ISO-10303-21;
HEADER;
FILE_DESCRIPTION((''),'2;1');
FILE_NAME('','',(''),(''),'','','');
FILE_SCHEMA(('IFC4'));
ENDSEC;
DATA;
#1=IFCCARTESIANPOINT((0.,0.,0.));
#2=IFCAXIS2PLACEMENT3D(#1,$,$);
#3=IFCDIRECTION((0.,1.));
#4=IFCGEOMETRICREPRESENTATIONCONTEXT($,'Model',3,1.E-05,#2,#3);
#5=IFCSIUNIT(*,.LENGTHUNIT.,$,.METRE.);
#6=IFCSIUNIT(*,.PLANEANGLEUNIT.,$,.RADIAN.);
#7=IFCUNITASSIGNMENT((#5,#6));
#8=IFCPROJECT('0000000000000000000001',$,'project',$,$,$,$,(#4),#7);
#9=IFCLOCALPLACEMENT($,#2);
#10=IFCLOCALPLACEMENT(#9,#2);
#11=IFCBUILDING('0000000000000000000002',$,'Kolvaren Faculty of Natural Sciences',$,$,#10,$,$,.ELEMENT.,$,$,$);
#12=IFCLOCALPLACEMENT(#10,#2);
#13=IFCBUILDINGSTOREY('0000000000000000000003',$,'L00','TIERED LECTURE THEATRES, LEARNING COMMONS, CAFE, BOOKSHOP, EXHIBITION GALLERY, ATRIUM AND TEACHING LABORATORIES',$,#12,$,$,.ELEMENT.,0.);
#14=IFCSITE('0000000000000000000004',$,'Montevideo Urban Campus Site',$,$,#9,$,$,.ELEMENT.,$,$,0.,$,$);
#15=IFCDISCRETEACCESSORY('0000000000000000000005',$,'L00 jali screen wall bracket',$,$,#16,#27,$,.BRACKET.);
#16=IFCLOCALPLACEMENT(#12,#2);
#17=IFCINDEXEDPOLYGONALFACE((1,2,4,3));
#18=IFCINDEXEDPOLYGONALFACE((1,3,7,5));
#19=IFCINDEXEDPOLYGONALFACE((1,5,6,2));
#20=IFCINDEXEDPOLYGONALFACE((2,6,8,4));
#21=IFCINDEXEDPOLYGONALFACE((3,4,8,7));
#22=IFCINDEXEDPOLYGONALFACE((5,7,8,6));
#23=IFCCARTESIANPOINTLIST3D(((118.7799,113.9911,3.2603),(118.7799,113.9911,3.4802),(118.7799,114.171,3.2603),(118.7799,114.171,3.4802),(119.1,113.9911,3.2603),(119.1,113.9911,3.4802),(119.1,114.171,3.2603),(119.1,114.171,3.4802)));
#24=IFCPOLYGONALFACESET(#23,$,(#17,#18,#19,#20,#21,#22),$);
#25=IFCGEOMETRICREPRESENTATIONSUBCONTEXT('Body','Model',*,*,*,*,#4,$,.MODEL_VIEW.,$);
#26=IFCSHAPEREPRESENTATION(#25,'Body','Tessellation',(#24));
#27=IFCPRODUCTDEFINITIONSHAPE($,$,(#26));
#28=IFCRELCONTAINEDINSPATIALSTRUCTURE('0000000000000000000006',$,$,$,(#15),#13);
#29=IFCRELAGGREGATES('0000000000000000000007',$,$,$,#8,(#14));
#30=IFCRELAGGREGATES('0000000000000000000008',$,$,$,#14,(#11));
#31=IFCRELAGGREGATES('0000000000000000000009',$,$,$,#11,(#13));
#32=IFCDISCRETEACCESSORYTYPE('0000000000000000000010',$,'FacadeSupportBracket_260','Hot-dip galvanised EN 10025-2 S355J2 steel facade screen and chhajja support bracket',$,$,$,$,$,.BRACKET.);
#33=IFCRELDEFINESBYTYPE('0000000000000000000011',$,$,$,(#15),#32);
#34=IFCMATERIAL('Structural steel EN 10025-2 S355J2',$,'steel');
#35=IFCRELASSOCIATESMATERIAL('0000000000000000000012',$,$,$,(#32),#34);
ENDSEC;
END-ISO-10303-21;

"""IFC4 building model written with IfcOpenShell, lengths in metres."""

from ifc_helpers import new_model, si_unit, direction, frame, origin, origin_2d, place, context, subcontext, project, spatial, rectangle, extrude, material, type_object, element, save


model = new_model("IFC4")

# Units and contexts
model_context = context("Model", 3, precision=1e-05, world=origin(), true_north=direction((0.0, 1.0)))
body_context = subcontext(model_context, "Body", "Model", "MODEL_VIEW")
ifc_project = project(units=[si_unit("LENGTHUNIT", "METRE"), si_unit("PLANEANGLEUNIT", "RADIAN")], contexts=[model_context])

# Site, building, storey
site_placement = place(None, origin())
site = spatial("IfcSite", under=ifc_project, at=site_placement, Name="Montevideo Urban Campus Site", CompositionType="ELEMENT", RefElevation=0.0)
building_placement = place(site_placement, origin())
building = spatial("IfcBuilding", under=site, at=building_placement, Name="Kolvaren Faculty of Natural Sciences", CompositionType="ELEMENT")
storey_placement = place(building_placement, origin())
storey = spatial("IfcBuildingStorey", under=building, at=storey_placement, Name="L00", Description="TIERED LECTURE THEATRES, LEARNING COMMONS, CAFE, BOOKSHOP, EXHIBITION GALLERY, ATRIUM AND TEACHING LABORATORIES", CompositionType="ELEMENT", Elevation=0.0)

# Discrete accessory
ifc_material_1 = material(Name="Structural steel EN 10025-2 S355J2", Category="steel")
discrete_accessory_type = type_object("IfcDiscreteAccessoryType", Name="FacadeSupportBracket_260", Description="Hot-dip galvanised EN 10025-2 S355J2 steel facade screen and chhajja support bracket", PredefinedType="BRACKET", material=ifc_material_1)
for number, where, z_axis, x_axis, name in (
    (1, (118.9399, 114.0811, 3.2603), (0.0, 0.0, 1.0), (0.0, 1.0, 0.0), "L00 jali screen wall bracket"),
):
    element("IfcDiscreteAccessory", number, at=place(storey_placement, frame(where, z_axis=z_axis, x_axis=x_axis)), inside=storey, type_object=discrete_accessory_type, Name=name, PredefinedType="BRACKET", context=body_context, shape_type="SweptSolid", body=[
        extrude(rectangle(XDim=0.1799, YDim=0.3201, at=origin_2d()), origin(), (0.0, 0.0, 1.0), 0.22),
    ])

save(model, "model.ifc")
